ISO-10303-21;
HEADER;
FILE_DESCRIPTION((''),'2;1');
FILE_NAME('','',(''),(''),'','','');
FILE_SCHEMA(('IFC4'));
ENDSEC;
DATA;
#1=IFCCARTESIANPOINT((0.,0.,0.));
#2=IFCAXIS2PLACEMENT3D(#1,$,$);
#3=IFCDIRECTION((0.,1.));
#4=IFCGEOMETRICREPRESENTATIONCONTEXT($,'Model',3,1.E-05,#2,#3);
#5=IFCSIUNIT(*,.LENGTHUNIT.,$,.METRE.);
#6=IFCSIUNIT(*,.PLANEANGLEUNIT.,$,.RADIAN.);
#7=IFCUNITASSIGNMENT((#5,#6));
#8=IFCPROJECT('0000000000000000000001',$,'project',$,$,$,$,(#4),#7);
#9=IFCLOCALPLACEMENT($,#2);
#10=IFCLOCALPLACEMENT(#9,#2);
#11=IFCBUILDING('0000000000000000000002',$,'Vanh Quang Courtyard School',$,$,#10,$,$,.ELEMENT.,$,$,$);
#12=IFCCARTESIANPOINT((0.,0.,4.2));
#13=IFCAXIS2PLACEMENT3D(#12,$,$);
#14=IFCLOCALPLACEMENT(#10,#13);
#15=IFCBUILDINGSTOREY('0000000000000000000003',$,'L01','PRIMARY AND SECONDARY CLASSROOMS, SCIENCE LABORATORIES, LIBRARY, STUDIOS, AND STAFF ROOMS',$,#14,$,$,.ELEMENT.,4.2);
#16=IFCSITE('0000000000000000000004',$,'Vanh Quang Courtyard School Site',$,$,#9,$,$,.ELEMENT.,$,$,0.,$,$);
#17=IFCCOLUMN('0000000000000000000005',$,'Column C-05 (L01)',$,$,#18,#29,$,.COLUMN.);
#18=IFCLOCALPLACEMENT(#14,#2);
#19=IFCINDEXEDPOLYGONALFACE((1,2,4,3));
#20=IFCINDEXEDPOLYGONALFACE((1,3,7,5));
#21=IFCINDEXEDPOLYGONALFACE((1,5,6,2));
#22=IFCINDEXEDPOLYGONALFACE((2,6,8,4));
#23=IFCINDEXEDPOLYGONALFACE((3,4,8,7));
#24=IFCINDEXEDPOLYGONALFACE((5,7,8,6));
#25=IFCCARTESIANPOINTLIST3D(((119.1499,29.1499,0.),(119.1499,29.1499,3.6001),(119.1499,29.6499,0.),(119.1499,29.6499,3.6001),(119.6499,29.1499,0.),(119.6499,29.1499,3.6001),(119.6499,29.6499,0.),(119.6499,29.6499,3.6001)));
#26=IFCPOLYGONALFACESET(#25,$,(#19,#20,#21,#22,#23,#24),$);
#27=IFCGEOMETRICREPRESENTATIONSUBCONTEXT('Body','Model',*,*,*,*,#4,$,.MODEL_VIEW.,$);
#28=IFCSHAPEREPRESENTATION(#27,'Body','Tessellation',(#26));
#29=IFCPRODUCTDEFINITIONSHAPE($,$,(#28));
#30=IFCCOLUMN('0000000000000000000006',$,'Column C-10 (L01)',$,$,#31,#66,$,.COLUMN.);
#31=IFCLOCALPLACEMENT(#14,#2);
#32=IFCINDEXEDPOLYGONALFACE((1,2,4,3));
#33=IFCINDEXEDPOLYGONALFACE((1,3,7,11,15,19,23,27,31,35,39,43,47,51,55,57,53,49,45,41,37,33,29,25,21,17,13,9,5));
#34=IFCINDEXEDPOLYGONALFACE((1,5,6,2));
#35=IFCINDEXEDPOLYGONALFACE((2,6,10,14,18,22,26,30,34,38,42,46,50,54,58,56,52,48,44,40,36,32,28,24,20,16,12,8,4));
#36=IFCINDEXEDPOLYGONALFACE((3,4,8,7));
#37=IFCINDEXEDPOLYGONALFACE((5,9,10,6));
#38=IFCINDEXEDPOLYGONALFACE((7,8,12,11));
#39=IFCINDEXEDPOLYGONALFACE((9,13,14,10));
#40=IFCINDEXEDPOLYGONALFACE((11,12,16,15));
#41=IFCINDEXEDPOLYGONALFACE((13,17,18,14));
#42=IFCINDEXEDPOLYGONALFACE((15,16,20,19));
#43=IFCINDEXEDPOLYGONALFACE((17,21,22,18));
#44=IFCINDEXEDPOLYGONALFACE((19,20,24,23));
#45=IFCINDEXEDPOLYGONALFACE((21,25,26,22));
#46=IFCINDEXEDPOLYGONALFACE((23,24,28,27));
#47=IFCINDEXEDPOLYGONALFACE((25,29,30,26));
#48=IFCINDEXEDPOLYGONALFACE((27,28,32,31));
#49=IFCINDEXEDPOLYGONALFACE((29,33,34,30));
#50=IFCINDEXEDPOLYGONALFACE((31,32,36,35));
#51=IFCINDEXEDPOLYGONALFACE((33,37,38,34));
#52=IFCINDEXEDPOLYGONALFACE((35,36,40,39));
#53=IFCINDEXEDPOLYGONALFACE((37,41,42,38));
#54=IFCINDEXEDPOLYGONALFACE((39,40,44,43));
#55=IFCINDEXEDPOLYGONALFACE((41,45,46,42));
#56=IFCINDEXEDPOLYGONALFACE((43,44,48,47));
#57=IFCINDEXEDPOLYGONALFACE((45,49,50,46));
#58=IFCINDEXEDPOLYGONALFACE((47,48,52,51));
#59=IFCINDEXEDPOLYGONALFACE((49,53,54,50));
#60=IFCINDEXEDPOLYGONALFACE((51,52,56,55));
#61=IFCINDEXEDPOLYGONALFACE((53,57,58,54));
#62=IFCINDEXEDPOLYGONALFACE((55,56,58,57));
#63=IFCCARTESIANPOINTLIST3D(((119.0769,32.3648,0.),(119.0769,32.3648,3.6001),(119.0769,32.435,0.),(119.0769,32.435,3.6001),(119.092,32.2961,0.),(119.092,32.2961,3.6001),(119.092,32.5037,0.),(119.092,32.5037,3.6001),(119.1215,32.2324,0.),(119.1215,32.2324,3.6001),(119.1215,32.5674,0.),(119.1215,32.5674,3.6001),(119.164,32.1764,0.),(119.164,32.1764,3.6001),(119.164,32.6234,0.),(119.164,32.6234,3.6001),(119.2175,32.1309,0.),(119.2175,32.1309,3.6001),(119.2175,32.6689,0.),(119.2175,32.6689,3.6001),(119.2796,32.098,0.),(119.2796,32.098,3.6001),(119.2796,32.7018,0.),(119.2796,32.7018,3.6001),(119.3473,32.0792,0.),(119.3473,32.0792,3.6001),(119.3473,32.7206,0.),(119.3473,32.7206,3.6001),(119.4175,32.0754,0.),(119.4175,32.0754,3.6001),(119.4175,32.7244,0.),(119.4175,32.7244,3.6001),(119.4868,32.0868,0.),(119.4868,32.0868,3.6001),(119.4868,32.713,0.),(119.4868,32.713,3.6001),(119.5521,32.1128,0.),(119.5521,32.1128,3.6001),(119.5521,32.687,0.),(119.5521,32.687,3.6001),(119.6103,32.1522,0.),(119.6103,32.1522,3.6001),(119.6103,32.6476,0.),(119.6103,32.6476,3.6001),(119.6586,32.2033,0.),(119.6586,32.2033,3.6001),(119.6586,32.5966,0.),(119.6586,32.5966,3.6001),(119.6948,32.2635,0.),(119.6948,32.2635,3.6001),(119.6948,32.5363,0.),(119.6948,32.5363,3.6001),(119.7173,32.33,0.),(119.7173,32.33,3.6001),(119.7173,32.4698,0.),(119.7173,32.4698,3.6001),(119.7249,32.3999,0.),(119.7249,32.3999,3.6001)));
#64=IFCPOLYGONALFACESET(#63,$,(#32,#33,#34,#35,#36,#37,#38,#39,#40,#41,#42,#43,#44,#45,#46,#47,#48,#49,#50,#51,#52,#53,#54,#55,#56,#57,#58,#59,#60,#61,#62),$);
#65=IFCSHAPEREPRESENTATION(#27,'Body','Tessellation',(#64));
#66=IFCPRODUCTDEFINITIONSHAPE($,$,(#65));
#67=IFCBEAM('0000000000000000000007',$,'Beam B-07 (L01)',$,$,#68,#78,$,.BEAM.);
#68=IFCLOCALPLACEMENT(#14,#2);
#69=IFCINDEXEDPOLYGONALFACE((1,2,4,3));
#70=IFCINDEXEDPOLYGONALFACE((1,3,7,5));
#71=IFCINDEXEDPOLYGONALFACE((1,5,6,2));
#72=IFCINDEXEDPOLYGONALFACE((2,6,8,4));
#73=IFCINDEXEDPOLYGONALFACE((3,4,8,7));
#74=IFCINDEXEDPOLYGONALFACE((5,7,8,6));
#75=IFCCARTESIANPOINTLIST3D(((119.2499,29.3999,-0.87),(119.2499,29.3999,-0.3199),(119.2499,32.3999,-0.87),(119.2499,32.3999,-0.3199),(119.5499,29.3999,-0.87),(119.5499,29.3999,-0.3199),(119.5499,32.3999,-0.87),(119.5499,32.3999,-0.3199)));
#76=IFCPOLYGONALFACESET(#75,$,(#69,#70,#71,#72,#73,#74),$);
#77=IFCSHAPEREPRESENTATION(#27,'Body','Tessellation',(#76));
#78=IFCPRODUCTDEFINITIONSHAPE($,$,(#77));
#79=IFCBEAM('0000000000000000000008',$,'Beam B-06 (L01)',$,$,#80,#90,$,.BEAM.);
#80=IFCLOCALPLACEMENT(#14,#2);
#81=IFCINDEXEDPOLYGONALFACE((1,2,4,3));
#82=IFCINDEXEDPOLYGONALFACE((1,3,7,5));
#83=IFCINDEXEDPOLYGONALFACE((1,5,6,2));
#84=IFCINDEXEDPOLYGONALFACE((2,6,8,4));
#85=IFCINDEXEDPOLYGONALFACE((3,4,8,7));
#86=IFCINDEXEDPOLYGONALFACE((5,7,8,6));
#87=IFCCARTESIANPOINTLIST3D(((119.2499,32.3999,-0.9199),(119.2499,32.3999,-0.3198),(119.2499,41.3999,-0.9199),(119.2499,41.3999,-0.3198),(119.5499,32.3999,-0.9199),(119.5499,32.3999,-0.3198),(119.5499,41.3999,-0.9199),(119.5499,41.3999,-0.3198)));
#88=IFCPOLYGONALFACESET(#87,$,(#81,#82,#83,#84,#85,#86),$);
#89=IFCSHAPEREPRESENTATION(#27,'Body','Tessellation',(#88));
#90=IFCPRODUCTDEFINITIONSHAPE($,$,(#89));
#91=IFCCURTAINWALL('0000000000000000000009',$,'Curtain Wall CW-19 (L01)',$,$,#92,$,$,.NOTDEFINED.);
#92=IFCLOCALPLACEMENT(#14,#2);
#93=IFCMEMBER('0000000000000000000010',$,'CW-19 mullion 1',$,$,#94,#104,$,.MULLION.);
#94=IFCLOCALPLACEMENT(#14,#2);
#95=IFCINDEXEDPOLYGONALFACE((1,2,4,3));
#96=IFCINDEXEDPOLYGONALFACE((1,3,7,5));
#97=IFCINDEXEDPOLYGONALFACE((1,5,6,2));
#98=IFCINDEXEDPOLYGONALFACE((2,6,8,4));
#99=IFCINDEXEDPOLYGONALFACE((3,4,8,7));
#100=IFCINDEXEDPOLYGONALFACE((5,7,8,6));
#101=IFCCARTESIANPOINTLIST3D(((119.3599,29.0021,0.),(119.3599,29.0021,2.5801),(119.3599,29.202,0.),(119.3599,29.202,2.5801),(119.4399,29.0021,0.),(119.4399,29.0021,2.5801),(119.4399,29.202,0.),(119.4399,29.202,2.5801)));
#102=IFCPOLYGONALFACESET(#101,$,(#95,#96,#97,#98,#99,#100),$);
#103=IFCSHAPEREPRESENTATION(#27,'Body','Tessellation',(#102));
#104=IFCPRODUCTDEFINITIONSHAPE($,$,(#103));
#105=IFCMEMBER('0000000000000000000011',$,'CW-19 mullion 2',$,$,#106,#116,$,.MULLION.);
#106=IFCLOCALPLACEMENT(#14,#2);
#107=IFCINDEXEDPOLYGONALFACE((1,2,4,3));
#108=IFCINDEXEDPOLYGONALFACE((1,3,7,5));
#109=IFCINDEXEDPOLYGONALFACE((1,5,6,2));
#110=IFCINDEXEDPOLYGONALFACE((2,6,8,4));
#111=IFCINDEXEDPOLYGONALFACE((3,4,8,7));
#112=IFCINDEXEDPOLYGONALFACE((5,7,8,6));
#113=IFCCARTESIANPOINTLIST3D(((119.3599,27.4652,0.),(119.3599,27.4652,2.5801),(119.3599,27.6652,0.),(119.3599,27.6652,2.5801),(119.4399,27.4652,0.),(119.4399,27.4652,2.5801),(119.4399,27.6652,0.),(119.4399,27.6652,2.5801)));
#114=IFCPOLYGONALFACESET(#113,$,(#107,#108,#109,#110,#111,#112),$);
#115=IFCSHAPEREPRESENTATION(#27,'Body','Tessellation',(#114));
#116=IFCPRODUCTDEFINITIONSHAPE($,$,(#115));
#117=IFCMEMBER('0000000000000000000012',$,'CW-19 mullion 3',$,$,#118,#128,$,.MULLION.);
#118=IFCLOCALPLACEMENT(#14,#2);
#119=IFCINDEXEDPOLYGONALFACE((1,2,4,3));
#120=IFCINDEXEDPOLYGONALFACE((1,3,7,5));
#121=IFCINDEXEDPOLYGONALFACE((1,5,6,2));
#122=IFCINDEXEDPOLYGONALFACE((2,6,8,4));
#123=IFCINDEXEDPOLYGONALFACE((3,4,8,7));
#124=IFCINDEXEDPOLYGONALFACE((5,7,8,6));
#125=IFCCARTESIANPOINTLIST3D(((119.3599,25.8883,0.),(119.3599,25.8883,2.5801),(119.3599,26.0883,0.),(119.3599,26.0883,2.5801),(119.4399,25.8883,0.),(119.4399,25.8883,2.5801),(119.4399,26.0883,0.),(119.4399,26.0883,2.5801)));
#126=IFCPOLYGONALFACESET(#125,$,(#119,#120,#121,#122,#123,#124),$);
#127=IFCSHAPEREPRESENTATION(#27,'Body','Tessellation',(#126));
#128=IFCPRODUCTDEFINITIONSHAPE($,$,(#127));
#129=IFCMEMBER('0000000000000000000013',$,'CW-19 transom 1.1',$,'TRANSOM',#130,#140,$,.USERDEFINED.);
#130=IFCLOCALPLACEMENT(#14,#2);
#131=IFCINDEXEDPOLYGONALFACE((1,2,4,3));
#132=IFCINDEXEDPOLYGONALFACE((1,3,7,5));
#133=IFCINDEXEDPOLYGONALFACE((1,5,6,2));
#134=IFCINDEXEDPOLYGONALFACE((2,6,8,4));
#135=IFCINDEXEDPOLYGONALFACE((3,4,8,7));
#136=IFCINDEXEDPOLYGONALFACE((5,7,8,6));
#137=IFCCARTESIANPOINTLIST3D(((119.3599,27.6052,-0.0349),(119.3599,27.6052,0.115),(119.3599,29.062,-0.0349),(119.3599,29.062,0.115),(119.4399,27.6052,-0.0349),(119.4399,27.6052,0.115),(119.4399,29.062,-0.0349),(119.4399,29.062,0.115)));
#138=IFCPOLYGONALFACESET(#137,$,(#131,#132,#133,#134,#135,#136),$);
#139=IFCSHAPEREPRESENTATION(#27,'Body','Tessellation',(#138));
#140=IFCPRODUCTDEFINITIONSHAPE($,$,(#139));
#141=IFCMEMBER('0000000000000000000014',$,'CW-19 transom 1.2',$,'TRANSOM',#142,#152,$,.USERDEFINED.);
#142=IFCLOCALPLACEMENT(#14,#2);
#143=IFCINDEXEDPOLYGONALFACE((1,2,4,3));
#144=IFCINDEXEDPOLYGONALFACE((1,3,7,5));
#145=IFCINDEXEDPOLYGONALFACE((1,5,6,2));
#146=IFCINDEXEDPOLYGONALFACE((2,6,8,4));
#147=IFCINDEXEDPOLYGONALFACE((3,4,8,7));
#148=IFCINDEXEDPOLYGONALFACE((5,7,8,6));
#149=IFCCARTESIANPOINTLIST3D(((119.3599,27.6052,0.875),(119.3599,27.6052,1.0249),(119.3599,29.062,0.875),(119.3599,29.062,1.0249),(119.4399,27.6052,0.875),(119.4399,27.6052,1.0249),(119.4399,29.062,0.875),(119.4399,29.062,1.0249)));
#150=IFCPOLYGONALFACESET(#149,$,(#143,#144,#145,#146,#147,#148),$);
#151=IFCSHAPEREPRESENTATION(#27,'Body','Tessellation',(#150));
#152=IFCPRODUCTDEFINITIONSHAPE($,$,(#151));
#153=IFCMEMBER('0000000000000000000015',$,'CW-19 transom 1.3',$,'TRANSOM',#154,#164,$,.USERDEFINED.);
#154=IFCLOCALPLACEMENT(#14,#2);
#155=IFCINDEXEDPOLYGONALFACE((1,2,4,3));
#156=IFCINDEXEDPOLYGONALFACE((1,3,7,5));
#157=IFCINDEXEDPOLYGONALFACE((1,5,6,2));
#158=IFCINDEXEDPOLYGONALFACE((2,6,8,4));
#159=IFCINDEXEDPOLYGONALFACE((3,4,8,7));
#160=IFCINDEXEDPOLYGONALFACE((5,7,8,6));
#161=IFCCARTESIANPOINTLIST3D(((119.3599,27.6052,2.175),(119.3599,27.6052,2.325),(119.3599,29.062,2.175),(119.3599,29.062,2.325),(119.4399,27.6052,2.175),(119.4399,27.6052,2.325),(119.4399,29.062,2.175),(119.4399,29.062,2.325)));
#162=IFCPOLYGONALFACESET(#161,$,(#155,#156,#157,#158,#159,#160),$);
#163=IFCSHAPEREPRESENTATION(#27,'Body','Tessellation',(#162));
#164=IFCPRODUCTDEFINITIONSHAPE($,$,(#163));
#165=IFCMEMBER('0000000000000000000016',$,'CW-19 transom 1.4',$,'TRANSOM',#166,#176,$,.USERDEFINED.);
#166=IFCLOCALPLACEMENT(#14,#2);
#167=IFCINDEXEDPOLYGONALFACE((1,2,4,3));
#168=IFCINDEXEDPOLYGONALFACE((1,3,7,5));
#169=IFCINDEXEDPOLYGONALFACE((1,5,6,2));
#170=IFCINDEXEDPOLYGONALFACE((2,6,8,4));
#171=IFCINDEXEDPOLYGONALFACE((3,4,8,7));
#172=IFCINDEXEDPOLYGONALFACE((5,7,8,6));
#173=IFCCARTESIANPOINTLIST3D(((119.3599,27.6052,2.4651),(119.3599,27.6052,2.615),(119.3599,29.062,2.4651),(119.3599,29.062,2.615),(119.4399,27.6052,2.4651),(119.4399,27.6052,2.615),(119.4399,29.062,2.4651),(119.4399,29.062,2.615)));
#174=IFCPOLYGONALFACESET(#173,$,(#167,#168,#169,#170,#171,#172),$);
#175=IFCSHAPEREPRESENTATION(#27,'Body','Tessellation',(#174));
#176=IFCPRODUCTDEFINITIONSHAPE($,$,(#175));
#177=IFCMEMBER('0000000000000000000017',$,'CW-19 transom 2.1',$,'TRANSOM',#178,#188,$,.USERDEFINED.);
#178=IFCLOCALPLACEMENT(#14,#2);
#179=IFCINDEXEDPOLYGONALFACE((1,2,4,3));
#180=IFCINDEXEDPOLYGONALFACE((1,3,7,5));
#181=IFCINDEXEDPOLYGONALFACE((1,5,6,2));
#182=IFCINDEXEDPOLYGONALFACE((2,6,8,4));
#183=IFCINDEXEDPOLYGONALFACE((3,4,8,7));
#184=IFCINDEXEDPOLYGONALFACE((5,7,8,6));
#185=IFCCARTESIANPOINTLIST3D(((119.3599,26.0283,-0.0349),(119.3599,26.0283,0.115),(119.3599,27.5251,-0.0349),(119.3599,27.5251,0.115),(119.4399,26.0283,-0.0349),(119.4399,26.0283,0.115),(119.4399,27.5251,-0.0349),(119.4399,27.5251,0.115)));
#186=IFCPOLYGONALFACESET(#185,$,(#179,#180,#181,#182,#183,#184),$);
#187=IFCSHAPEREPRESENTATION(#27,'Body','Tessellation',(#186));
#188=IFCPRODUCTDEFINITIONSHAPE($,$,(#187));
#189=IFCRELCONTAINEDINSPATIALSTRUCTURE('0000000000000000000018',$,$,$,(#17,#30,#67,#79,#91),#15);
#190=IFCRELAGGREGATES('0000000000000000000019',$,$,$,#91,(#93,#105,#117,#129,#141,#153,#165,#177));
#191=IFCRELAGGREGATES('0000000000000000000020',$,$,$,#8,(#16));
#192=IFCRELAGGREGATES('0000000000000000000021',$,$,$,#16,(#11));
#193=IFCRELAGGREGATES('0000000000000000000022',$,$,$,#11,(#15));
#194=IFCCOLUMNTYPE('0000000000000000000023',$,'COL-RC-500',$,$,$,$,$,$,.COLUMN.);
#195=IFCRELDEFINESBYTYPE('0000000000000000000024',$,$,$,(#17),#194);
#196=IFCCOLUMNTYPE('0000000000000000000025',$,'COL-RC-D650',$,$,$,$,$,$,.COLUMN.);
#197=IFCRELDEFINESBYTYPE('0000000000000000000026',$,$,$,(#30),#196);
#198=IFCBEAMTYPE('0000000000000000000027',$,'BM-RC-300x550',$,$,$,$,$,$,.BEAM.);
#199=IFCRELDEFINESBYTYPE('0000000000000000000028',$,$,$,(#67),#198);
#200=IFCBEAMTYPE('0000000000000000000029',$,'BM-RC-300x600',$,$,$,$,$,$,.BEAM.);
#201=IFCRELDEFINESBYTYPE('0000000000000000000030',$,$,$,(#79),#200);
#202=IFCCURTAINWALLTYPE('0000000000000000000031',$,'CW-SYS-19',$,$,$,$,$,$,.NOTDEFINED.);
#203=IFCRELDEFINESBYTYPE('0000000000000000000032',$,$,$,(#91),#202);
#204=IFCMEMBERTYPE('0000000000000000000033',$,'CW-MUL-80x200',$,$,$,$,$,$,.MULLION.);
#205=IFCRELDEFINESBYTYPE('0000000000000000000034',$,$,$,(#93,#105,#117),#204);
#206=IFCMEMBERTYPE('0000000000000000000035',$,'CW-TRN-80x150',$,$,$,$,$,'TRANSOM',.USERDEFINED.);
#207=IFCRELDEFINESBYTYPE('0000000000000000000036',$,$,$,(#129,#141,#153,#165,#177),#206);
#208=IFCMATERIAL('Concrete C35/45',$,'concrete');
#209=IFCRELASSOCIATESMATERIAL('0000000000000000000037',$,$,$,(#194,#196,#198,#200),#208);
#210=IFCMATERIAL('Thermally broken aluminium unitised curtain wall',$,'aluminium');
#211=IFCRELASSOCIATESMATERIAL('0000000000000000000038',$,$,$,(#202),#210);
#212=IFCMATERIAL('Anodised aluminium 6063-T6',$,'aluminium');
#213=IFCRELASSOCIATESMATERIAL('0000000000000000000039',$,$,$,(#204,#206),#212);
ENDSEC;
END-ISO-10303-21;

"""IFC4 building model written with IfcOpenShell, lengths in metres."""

from ifc_helpers import new_model, si_unit, direction, frame, origin, origin_2d, place, context, subcontext, project, spatial, rectangle, circle, extrude, material, material_profile, profile_set, type_object, element, aggregate, save


model = new_model("IFC4")

# Units and contexts
model_context = context("Model", 3, precision=1e-05, world=origin(), true_north=direction((0.0, 1.0)))
body_context = subcontext(model_context, "Body", "Model", "MODEL_VIEW")
ifc_project = project(units=[si_unit("LENGTHUNIT", "METRE"), si_unit("PLANEANGLEUNIT", "RADIAN")], contexts=[model_context])

# Site, building, storey
site_placement = place(None, origin())
site = spatial("IfcSite", under=ifc_project, at=site_placement, Name="Vanh Quang Courtyard School Site", CompositionType="ELEMENT", RefElevation=0.0)
building_placement = place(site_placement, origin())
building = spatial("IfcBuilding", under=site, at=building_placement, Name="Vanh Quang Courtyard School", CompositionType="ELEMENT")
storey_placement = place(building_placement, frame((0.0, 0.0, 4.2)))
storey = spatial("IfcBuildingStorey", under=building, at=storey_placement, Name="L01", Description="PRIMARY AND SECONDARY CLASSROOMS, SCIENCE LABORATORIES, LIBRARY, STUDIOS, AND STAFF ROOMS", CompositionType="ELEMENT", Elevation=4.2)

# Columns
ifc_material_1 = material(Name="Concrete C35/45", Category="concrete")
ifc_material_profile_1 = material_profile(ifc_material_1, rectangle(XDim=0.5, YDim=0.5, at=origin_2d()), Name="RC-COL 500x500")
ifc_profile_set_1 = profile_set([ifc_material_profile_1], Name="Concrete C35/45")
column_type_1 = type_object("IfcColumnType", Name="COL-RC-500", PredefinedType="COLUMN", material=ifc_profile_set_1)
column_1_placement = place(storey_placement, frame((119.3999, 29.3999, 0.0), z_axis=(0.0, 0.0, 1.0), x_axis=(1.0, 0.0, 0.0)))
element("IfcColumn", 1, at=column_1_placement, inside=storey, type_object=column_type_1, Name="Column C-05 (L01)", PredefinedType="COLUMN", context=body_context, shape_type="SweptSolid", body=[
    extrude(rectangle(XDim=0.5, YDim=0.5, at=origin_2d()), origin(), (0.0, 0.0, 1.0), 3.6001),
])
ifc_material_profile_2 = material_profile(ifc_material_1, circle(Radius=0.325, at=origin_2d()), Name="RC-COL D650")
ifc_profile_set_2 = profile_set([ifc_material_profile_2], Name="Concrete C35/45")
column_type_2 = type_object("IfcColumnType", Name="COL-RC-D650", PredefinedType="COLUMN", material=ifc_profile_set_2)
column_2_placement = place(storey_placement, frame((119.3999, 32.3999, 0.0), z_axis=(0.0, 0.0, 1.0), x_axis=(1.0, 0.0, 0.0)))
element("IfcColumn", 2, at=column_2_placement, inside=storey, type_object=column_type_2, Name="Column C-10 (L01)", PredefinedType="COLUMN", context=body_context, shape_type="SweptSolid", body=[
    extrude(circle(Radius=0.325, at=origin_2d()), origin(), (0.0, 0.0, 1.0), 3.6001),
])

# Beams
ifc_material_profile_3 = material_profile(ifc_material_1, rectangle(XDim=0.3, YDim=0.55, at=origin_2d()), Name="RC-BM 300x550")
ifc_profile_set_3 = profile_set([ifc_material_profile_3], Name="Concrete C35/45")
beam_type_1 = type_object("IfcBeamType", Name="BM-RC-300x550", PredefinedType="BEAM", material=ifc_profile_set_3)
beam_1_placement = place(storey_placement, frame((119.3999, 29.3999, -0.595), z_axis=(0.0, 1.0, 0.0), x_axis=(-1.0, 0.0, 0.0)))
element("IfcBeam", 3, at=beam_1_placement, inside=storey, type_object=beam_type_1, Name="Beam B-07 (L01)", PredefinedType="BEAM", context=body_context, shape_type="SweptSolid", body=[
    extrude(rectangle(XDim=0.3, YDim=0.55, at=origin_2d()), origin(), (0.0, 0.0, 1.0), 3.0),
])
ifc_material_profile_4 = material_profile(ifc_material_1, rectangle(XDim=0.3, YDim=0.6001, at=origin_2d()), Name="RC-BM 300x600")
ifc_profile_set_4 = profile_set([ifc_material_profile_4], Name="Concrete C35/45")
beam_type_2 = type_object("IfcBeamType", Name="BM-RC-300x600", PredefinedType="BEAM", material=ifc_profile_set_4)
beam_2_placement = place(storey_placement, frame((119.3999, 32.3999, -0.6199), z_axis=(0.0, 1.0, 0.0), x_axis=(-1.0, 0.0, 0.0)))
element("IfcBeam", 4, at=beam_2_placement, inside=storey, type_object=beam_type_2, Name="Beam B-06 (L01)", PredefinedType="BEAM", context=body_context, shape_type="SweptSolid", body=[
    extrude(rectangle(XDim=0.3, YDim=0.6001, at=origin_2d()), origin(), (0.0, 0.0, 1.0), 9.0),
])

# Curtain wall, members
ifc_material_2 = material(Name="Thermally broken aluminium unitised curtain wall", Category="aluminium")
curtain_wall_type = type_object("IfcCurtainWallType", Name="CW-SYS-19", PredefinedType="NOTDEFINED", material=ifc_material_2)
curtain_wall_placement = place(storey_placement, origin())
curtain_wall = element("IfcCurtainWall", 5, at=curtain_wall_placement, inside=storey, type_object=curtain_wall_type, Name="Curtain Wall CW-19 (L01)", PredefinedType="NOTDEFINED")
ifc_material_3 = material(Name="Anodised aluminium 6063-T6", Category="aluminium")
ifc_material_profile_5 = material_profile(ifc_material_3, rectangle(XDim=0.0801, YDim=0.2, at=origin_2d()), Name="ALU-MUL 80x200")
ifc_profile_set_5 = profile_set([ifc_material_profile_5], Name="Anodised aluminium 6063-T6")
member_type_1 = type_object("IfcMemberType", Name="CW-MUL-80x200", PredefinedType="MULLION", material=ifc_profile_set_5)
member_1_placement = place(storey_placement, frame((119.3999, 29.1021, 0.0), z_axis=(0.0, 0.0, 1.0), x_axis=(1.0, 0.0, 0.0)))
member_1 = element("IfcMember", 6, at=member_1_placement, type_object=member_type_1, Name="CW-19 mullion 1", PredefinedType="MULLION", context=body_context, shape_type="SweptSolid", body=[
    extrude(rectangle(XDim=0.0801, YDim=0.2, at=origin_2d()), origin(), (0.0, 0.0, 1.0), 2.5801),
])
member_2_placement = place(storey_placement, frame((119.3999, 27.5652, 0.0), z_axis=(0.0, 0.0, 1.0), x_axis=(1.0, 0.0, 0.0)))
member_2 = element("IfcMember", 7, at=member_2_placement, type_object=member_type_1, Name="CW-19 mullion 2", PredefinedType="MULLION", context=body_context, shape_type="SweptSolid", body=[
    extrude(rectangle(XDim=0.0801, YDim=0.2, at=origin_2d()), origin(), (0.0, 0.0, 1.0), 2.5801),
])
member_3_placement = place(storey_placement, frame((119.3999, 25.9883, 0.0), z_axis=(0.0, 0.0, 1.0), x_axis=(1.0, 0.0, 0.0)))
member_3 = element("IfcMember", 8, at=member_3_placement, type_object=member_type_1, Name="CW-19 mullion 3", PredefinedType="MULLION", context=body_context, shape_type="SweptSolid", body=[
    extrude(rectangle(XDim=0.0801, YDim=0.2, at=origin_2d()), origin(), (0.0, 0.0, 1.0), 2.5801),
])
ifc_material_profile_6 = material_profile(ifc_material_3, rectangle(XDim=0.0801, YDim=0.1499, at=origin_2d()), Name="ALU-TRN 80x150")
ifc_profile_set_6 = profile_set([ifc_material_profile_6], Name="Anodised aluminium 6063-T6")
member_type_2 = type_object("IfcMemberType", Name="CW-TRN-80x150", ElementType="TRANSOM", PredefinedType="USERDEFINED", material=ifc_profile_set_6)
member_4_placement = place(storey_placement, frame((119.3999, 29.062, 0.04), z_axis=(0.0, -1.0, 0.0), x_axis=(1.0, 0.0, 0.0)))
member_4 = element("IfcMember", 9, at=member_4_placement, type_object=member_type_2, Name="CW-19 transom 1.1", ObjectType="TRANSOM", PredefinedType="USERDEFINED", context=body_context, shape_type="SweptSolid", body=[
    extrude(rectangle(XDim=0.0801, YDim=0.1499, at=origin_2d()), origin(), (0.0, 0.0, 1.0), 1.4568),
])
member_5_placement = place(storey_placement, frame((119.3999, 29.062, 0.95), z_axis=(0.0, -1.0, 0.0), x_axis=(1.0, 0.0, 0.0)))
member_5 = element("IfcMember", 10, at=member_5_placement, type_object=member_type_2, Name="CW-19 transom 1.2", ObjectType="TRANSOM", PredefinedType="USERDEFINED", context=body_context, shape_type="SweptSolid", body=[
    extrude(rectangle(XDim=0.0801, YDim=0.1499, at=origin_2d()), origin(), (0.0, 0.0, 1.0), 1.4568),
])
member_6_placement = place(storey_placement, frame((119.3999, 29.062, 2.25), z_axis=(0.0, -1.0, 0.0), x_axis=(1.0, 0.0, 0.0)))
member_6 = element("IfcMember", 11, at=member_6_placement, type_object=member_type_2, Name="CW-19 transom 1.3", ObjectType="TRANSOM", PredefinedType="USERDEFINED", context=body_context, shape_type="SweptSolid", body=[
    extrude(rectangle(XDim=0.0801, YDim=0.1499, at=origin_2d()), origin(), (0.0, 0.0, 1.0), 1.4568),
])
member_7_placement = place(storey_placement, frame((119.3999, 29.062, 2.54), z_axis=(0.0, -1.0, 0.0), x_axis=(1.0, 0.0, 0.0)))
member_7 = element("IfcMember", 12, at=member_7_placement, type_object=member_type_2, Name="CW-19 transom 1.4", ObjectType="TRANSOM", PredefinedType="USERDEFINED", context=body_context, shape_type="SweptSolid", body=[
    extrude(rectangle(XDim=0.0801, YDim=0.1499, at=origin_2d()), origin(), (0.0, 0.0, 1.0), 1.4568),
])
member_8_placement = place(storey_placement, frame((119.3999, 27.5251, 0.04), z_axis=(0.0, -1.0, 0.0), x_axis=(1.0, 0.0, 0.0)))
member_8 = element("IfcMember", 13, at=member_8_placement, type_object=member_type_2, Name="CW-19 transom 2.1", ObjectType="TRANSOM", PredefinedType="USERDEFINED", context=body_context, shape_type="SweptSolid", body=[
    extrude(rectangle(XDim=0.0801, YDim=0.1499, at=origin_2d()), origin(), (0.0, 0.0, 1.0), 1.4968),
])
aggregate(curtain_wall, [member_1, member_2, member_3, member_4, member_5, member_6, member_7, member_8])

save(model, "model.ifc")
